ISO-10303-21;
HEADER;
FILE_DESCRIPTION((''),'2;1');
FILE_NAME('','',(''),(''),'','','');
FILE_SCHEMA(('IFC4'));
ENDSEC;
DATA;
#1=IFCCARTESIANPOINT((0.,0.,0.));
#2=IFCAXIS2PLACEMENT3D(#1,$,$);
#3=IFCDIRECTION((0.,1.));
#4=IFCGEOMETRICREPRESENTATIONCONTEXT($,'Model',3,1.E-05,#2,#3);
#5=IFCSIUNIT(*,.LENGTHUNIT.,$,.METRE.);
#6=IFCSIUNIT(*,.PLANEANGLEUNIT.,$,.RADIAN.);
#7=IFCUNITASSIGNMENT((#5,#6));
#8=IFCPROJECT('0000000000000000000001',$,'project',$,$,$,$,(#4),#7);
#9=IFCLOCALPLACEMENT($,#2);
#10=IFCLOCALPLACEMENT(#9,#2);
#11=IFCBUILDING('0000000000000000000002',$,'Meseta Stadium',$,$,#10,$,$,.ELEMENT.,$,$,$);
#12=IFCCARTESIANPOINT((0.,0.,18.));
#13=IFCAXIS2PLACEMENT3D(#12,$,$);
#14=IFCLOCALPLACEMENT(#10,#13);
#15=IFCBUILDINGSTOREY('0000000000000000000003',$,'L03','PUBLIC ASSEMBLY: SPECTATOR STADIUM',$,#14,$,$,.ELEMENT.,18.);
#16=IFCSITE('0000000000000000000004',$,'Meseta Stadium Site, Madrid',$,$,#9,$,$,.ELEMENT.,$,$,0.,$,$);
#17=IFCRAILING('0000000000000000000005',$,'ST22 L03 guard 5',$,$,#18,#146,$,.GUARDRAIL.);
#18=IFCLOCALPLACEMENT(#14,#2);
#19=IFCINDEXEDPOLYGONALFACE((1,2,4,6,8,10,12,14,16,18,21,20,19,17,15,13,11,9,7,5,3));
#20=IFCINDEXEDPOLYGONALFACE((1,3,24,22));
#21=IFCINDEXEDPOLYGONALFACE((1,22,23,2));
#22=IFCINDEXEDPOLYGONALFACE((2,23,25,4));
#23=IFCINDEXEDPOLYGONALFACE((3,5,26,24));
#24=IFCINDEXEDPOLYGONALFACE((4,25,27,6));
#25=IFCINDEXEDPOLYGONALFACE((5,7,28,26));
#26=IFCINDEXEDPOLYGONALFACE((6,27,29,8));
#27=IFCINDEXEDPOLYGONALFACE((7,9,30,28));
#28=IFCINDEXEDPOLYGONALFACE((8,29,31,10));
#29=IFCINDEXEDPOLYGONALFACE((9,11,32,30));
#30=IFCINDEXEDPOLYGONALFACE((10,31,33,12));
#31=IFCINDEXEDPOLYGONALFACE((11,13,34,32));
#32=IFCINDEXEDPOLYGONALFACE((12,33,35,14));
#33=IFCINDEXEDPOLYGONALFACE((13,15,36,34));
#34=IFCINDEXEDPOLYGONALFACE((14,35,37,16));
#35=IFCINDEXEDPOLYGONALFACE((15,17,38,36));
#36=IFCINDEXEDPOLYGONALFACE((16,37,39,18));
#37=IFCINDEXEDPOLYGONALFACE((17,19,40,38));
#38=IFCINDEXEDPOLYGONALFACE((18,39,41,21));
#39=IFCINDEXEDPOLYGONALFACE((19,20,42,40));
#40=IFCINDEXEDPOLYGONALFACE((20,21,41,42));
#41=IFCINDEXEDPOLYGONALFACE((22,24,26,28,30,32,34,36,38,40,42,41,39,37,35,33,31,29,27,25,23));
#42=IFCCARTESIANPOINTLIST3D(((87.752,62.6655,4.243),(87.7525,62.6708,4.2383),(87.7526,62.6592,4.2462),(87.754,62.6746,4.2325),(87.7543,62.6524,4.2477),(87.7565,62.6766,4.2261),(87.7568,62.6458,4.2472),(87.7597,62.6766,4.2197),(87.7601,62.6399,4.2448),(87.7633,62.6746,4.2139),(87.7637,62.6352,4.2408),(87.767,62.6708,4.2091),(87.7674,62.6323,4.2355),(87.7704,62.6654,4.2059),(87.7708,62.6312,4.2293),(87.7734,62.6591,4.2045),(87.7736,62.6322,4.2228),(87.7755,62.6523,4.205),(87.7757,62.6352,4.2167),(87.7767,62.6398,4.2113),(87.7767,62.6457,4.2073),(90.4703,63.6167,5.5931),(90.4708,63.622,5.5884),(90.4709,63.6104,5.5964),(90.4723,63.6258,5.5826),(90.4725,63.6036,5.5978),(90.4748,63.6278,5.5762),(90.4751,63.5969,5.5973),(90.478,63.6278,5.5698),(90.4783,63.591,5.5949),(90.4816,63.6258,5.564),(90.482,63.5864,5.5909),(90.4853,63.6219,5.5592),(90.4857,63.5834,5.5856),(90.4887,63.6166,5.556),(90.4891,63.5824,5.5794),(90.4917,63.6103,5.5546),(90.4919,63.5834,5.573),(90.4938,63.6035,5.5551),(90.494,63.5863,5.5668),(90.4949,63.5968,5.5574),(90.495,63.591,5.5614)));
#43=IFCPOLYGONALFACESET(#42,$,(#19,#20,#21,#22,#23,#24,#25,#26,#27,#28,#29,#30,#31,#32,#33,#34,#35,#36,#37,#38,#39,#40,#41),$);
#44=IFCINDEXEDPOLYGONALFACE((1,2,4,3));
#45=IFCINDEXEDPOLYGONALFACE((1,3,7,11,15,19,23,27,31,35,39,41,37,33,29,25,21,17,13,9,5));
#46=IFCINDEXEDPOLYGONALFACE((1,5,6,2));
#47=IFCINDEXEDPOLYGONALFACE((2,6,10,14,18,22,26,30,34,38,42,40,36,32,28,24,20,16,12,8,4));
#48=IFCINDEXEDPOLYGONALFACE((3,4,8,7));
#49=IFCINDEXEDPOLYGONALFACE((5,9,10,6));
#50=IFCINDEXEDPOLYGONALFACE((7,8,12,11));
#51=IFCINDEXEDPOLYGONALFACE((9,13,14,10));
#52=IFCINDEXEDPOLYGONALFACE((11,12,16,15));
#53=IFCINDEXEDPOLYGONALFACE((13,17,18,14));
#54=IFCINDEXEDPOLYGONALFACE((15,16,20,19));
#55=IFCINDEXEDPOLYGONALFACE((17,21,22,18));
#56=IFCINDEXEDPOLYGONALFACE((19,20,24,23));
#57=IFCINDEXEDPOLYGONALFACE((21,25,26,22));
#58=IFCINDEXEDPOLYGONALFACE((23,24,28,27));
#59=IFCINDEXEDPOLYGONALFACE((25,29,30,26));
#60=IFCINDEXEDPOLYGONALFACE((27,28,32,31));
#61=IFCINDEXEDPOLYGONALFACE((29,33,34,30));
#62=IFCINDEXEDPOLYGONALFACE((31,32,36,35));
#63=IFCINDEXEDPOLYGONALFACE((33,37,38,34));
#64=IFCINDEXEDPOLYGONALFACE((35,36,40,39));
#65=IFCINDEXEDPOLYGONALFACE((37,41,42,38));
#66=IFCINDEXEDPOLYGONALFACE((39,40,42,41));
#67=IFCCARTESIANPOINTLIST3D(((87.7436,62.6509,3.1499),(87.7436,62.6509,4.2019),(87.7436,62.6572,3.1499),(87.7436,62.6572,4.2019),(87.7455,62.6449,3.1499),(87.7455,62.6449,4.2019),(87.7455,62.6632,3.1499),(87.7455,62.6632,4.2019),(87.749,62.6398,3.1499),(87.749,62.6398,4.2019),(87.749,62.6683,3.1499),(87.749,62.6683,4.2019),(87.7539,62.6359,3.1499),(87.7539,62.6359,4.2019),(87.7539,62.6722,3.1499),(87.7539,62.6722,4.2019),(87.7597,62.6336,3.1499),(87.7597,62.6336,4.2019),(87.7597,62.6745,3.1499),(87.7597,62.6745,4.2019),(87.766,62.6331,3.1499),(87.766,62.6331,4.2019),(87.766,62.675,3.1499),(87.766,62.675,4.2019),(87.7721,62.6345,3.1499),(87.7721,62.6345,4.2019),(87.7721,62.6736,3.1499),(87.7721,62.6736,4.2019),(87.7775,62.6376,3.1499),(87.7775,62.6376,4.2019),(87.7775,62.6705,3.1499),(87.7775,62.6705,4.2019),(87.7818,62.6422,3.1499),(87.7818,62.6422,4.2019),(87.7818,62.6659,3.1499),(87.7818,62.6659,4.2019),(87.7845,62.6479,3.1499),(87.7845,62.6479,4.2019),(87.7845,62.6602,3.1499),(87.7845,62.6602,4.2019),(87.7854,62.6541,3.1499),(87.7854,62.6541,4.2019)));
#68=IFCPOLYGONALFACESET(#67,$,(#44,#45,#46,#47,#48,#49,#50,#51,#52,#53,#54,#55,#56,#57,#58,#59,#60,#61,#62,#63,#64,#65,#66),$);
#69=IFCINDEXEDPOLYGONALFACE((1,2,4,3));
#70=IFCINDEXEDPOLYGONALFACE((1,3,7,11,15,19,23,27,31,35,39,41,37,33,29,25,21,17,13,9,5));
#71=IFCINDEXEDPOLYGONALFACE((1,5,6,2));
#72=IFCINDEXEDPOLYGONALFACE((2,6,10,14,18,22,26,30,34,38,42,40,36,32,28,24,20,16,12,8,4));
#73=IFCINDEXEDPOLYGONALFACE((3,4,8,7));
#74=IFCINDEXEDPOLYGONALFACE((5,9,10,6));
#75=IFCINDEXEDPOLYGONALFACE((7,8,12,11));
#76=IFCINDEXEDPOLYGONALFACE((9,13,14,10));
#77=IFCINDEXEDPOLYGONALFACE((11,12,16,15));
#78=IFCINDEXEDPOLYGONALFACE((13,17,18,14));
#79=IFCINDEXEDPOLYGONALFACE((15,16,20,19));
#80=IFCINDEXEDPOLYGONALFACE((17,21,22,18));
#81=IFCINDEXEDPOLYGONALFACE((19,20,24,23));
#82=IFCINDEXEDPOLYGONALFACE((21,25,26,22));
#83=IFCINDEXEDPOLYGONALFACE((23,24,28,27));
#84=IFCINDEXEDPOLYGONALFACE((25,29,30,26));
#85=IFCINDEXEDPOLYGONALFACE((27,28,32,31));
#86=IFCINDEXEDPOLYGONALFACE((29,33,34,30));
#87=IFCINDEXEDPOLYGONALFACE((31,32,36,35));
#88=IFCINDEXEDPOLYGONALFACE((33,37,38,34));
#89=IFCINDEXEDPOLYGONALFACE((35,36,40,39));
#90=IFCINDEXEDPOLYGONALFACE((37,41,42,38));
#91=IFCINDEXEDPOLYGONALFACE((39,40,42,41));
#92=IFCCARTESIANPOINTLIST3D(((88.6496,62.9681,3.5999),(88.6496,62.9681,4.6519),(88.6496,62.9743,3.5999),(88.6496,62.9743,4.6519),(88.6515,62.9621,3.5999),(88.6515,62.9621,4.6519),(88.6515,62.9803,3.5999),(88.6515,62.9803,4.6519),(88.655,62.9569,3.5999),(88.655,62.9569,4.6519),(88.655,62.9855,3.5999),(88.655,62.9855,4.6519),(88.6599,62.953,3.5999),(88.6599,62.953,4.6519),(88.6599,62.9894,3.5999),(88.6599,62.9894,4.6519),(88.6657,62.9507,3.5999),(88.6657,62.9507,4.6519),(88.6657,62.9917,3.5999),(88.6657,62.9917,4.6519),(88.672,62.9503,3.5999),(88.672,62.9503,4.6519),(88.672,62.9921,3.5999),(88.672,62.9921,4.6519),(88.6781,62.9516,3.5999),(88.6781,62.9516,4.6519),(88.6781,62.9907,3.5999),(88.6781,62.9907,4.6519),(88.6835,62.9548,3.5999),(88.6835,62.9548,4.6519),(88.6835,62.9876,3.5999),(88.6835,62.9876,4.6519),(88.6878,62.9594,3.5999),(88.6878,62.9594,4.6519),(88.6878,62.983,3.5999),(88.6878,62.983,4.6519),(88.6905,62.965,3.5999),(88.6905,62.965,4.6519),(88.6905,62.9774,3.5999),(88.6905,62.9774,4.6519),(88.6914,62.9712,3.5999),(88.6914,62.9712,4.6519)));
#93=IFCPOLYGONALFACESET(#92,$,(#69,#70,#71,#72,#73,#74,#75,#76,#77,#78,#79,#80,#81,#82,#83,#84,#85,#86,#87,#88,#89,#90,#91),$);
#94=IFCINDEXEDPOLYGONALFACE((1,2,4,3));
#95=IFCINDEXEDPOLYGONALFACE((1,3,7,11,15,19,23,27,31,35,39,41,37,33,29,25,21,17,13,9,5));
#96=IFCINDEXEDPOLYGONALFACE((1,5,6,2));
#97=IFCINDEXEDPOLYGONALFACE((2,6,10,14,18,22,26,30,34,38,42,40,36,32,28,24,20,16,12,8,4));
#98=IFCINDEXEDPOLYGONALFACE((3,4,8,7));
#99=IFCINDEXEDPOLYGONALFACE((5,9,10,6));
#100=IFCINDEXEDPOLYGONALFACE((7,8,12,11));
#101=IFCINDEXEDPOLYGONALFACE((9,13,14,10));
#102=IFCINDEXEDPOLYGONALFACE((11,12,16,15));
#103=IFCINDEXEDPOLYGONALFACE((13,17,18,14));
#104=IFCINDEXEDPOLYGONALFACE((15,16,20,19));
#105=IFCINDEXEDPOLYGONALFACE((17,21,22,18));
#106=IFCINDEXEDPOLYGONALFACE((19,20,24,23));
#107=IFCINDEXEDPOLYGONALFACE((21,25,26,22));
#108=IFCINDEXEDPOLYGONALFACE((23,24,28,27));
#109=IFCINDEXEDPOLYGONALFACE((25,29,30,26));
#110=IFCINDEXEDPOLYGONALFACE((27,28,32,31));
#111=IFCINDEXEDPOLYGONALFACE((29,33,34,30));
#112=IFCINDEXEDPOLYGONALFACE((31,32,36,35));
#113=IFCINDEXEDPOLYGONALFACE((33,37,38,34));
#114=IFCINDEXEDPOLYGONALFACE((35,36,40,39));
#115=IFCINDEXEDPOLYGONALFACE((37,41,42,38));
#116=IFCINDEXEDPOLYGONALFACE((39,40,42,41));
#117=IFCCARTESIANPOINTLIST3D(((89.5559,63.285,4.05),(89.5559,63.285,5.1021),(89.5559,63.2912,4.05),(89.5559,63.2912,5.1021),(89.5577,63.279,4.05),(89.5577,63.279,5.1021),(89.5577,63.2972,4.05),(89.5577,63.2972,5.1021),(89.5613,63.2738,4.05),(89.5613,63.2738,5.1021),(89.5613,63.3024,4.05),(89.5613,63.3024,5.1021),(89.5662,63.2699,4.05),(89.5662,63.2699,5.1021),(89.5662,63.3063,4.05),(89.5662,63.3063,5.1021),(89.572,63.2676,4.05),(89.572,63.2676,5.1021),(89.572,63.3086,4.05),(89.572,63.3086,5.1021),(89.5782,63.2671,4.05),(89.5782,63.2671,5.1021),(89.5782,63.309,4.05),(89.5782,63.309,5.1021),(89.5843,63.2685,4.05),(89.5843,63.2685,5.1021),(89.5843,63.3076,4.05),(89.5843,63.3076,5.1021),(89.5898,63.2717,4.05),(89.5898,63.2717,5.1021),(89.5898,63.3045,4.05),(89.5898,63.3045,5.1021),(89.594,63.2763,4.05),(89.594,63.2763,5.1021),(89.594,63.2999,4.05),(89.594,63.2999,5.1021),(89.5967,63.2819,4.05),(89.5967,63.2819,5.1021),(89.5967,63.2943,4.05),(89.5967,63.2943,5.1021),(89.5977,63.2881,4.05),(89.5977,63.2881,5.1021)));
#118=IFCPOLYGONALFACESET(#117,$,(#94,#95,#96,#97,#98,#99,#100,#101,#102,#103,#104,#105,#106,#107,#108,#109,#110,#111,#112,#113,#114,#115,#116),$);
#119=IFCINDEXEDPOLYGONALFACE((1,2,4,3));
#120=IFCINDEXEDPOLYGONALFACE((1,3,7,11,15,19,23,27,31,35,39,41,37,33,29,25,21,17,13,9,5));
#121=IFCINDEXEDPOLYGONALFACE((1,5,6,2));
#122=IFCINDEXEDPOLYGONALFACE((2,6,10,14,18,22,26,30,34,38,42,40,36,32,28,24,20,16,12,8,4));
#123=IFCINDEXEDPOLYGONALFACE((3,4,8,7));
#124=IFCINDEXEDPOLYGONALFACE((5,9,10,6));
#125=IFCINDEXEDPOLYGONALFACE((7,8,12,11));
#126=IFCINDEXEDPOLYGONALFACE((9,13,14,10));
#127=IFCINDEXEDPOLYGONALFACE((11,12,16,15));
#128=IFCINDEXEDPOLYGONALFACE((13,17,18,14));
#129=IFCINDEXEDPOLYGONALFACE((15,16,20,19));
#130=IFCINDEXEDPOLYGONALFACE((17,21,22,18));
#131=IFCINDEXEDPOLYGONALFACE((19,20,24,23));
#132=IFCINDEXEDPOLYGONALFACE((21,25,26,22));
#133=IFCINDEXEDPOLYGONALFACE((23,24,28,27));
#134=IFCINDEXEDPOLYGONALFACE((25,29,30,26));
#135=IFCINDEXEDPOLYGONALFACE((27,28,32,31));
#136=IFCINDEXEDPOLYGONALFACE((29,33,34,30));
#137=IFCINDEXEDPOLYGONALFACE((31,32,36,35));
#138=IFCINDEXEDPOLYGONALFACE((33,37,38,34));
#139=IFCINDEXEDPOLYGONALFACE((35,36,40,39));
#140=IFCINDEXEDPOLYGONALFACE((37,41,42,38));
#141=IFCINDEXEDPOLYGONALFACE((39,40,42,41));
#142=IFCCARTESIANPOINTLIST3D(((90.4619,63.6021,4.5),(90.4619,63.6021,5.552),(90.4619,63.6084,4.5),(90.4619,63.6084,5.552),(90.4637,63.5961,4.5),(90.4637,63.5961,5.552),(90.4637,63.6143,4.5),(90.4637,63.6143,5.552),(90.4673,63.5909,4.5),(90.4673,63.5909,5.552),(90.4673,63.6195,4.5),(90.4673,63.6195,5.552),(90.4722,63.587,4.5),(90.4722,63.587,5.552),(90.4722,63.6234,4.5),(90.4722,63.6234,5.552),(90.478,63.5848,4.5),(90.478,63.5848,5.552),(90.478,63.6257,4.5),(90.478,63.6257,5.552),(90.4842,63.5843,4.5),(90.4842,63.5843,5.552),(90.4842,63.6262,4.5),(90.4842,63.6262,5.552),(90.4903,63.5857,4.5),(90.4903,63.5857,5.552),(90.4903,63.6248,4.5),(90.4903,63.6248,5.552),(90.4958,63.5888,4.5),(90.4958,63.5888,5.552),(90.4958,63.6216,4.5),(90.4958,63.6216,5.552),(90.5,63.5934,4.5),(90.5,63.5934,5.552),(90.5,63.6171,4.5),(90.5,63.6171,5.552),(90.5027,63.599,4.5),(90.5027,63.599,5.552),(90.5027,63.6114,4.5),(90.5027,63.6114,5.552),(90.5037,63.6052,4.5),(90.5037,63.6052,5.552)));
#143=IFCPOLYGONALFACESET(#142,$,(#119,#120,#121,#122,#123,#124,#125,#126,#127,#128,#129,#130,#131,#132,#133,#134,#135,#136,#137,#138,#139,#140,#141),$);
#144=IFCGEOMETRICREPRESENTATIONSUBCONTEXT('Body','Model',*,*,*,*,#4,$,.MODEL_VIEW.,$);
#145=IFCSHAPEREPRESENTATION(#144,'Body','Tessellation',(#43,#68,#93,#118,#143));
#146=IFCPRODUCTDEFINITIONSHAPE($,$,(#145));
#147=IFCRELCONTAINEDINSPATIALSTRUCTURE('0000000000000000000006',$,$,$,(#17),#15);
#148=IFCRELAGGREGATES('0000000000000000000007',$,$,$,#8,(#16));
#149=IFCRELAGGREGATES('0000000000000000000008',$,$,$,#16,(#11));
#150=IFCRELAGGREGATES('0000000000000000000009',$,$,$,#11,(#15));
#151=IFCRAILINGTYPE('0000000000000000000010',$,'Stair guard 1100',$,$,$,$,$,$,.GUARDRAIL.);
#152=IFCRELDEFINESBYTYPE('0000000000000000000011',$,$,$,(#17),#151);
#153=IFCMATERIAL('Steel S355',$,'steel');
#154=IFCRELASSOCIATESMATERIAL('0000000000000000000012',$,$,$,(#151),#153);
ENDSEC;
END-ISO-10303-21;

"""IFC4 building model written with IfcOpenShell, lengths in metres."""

from ifc_helpers import new_model, si_unit, direction, frame, origin, origin_2d, place, context, subcontext, project, spatial, circle, extrude, material, type_object, element, save


model = new_model("IFC4")

# Units and contexts
model_context = context("Model", 3, precision=1e-05, world=origin(), true_north=direction((0.0, 1.0)))
body_context = subcontext(model_context, "Body", "Model", "MODEL_VIEW")
ifc_project = project(units=[si_unit("LENGTHUNIT", "METRE"), si_unit("PLANEANGLEUNIT", "RADIAN")], contexts=[model_context])

# Site, building, storey
site_placement = place(None, origin())
site = spatial("IfcSite", under=ifc_project, at=site_placement, Name="Meseta Stadium Site, Madrid", CompositionType="ELEMENT", RefElevation=0.0)
building_placement = place(site_placement, origin())
building = spatial("IfcBuilding", under=site, at=building_placement, Name="Meseta Stadium", CompositionType="ELEMENT")
storey_placement = place(building_placement, frame((0.0, 0.0, 18.0)))
storey = spatial("IfcBuildingStorey", under=building, at=storey_placement, Name="L03", Description="PUBLIC ASSEMBLY: SPECTATOR STADIUM", CompositionType="ELEMENT", Elevation=18.0)

# Railing
ifc_material_1 = material(Name="Steel S355", Category="steel")
railing_type_1 = type_object("IfcRailingType", Name="Stair guard 1100", PredefinedType="GUARDRAIL", material=ifc_material_1)
railing_1_placement = place(storey_placement, frame((87.7644, 62.6541, 3.1499)))
element("IfcRailing", 1, at=railing_1_placement, inside=storey, type_object=railing_type_1, Name="ST22 L03 guard 5", PredefinedType="GUARDRAIL", context=body_context, shape_type="SweptSolid", body=[
    extrude(circle(Radius=0.0239, at=origin_2d()), frame((0.0, 0.0, 1.0762), z_axis=(0.854629, 0.299051, 0.424474), x_axis=(-0.330282, 0.943882, 0.0)), (0.0, 0.0, 1.0), 3.1807),
    extrude(circle(Radius=0.021, at=origin_2d()), origin(), (0.0, 0.0, 1.0), 1.052),
    extrude(circle(Radius=0.021, at=origin_2d()), frame((0.906, 0.3171, 0.45)), (0.0, 0.0, 1.0), 1.052),
    extrude(circle(Radius=0.021, at=origin_2d()), frame((1.8123, 0.634, 0.9001)), (0.0, 0.0, 1.0), 1.052),
    extrude(circle(Radius=0.021, at=origin_2d()), frame((2.7183, 0.9512, 1.3501)), (0.0, 0.0, 1.0), 1.052),
])

save(model, "model.ifc")
